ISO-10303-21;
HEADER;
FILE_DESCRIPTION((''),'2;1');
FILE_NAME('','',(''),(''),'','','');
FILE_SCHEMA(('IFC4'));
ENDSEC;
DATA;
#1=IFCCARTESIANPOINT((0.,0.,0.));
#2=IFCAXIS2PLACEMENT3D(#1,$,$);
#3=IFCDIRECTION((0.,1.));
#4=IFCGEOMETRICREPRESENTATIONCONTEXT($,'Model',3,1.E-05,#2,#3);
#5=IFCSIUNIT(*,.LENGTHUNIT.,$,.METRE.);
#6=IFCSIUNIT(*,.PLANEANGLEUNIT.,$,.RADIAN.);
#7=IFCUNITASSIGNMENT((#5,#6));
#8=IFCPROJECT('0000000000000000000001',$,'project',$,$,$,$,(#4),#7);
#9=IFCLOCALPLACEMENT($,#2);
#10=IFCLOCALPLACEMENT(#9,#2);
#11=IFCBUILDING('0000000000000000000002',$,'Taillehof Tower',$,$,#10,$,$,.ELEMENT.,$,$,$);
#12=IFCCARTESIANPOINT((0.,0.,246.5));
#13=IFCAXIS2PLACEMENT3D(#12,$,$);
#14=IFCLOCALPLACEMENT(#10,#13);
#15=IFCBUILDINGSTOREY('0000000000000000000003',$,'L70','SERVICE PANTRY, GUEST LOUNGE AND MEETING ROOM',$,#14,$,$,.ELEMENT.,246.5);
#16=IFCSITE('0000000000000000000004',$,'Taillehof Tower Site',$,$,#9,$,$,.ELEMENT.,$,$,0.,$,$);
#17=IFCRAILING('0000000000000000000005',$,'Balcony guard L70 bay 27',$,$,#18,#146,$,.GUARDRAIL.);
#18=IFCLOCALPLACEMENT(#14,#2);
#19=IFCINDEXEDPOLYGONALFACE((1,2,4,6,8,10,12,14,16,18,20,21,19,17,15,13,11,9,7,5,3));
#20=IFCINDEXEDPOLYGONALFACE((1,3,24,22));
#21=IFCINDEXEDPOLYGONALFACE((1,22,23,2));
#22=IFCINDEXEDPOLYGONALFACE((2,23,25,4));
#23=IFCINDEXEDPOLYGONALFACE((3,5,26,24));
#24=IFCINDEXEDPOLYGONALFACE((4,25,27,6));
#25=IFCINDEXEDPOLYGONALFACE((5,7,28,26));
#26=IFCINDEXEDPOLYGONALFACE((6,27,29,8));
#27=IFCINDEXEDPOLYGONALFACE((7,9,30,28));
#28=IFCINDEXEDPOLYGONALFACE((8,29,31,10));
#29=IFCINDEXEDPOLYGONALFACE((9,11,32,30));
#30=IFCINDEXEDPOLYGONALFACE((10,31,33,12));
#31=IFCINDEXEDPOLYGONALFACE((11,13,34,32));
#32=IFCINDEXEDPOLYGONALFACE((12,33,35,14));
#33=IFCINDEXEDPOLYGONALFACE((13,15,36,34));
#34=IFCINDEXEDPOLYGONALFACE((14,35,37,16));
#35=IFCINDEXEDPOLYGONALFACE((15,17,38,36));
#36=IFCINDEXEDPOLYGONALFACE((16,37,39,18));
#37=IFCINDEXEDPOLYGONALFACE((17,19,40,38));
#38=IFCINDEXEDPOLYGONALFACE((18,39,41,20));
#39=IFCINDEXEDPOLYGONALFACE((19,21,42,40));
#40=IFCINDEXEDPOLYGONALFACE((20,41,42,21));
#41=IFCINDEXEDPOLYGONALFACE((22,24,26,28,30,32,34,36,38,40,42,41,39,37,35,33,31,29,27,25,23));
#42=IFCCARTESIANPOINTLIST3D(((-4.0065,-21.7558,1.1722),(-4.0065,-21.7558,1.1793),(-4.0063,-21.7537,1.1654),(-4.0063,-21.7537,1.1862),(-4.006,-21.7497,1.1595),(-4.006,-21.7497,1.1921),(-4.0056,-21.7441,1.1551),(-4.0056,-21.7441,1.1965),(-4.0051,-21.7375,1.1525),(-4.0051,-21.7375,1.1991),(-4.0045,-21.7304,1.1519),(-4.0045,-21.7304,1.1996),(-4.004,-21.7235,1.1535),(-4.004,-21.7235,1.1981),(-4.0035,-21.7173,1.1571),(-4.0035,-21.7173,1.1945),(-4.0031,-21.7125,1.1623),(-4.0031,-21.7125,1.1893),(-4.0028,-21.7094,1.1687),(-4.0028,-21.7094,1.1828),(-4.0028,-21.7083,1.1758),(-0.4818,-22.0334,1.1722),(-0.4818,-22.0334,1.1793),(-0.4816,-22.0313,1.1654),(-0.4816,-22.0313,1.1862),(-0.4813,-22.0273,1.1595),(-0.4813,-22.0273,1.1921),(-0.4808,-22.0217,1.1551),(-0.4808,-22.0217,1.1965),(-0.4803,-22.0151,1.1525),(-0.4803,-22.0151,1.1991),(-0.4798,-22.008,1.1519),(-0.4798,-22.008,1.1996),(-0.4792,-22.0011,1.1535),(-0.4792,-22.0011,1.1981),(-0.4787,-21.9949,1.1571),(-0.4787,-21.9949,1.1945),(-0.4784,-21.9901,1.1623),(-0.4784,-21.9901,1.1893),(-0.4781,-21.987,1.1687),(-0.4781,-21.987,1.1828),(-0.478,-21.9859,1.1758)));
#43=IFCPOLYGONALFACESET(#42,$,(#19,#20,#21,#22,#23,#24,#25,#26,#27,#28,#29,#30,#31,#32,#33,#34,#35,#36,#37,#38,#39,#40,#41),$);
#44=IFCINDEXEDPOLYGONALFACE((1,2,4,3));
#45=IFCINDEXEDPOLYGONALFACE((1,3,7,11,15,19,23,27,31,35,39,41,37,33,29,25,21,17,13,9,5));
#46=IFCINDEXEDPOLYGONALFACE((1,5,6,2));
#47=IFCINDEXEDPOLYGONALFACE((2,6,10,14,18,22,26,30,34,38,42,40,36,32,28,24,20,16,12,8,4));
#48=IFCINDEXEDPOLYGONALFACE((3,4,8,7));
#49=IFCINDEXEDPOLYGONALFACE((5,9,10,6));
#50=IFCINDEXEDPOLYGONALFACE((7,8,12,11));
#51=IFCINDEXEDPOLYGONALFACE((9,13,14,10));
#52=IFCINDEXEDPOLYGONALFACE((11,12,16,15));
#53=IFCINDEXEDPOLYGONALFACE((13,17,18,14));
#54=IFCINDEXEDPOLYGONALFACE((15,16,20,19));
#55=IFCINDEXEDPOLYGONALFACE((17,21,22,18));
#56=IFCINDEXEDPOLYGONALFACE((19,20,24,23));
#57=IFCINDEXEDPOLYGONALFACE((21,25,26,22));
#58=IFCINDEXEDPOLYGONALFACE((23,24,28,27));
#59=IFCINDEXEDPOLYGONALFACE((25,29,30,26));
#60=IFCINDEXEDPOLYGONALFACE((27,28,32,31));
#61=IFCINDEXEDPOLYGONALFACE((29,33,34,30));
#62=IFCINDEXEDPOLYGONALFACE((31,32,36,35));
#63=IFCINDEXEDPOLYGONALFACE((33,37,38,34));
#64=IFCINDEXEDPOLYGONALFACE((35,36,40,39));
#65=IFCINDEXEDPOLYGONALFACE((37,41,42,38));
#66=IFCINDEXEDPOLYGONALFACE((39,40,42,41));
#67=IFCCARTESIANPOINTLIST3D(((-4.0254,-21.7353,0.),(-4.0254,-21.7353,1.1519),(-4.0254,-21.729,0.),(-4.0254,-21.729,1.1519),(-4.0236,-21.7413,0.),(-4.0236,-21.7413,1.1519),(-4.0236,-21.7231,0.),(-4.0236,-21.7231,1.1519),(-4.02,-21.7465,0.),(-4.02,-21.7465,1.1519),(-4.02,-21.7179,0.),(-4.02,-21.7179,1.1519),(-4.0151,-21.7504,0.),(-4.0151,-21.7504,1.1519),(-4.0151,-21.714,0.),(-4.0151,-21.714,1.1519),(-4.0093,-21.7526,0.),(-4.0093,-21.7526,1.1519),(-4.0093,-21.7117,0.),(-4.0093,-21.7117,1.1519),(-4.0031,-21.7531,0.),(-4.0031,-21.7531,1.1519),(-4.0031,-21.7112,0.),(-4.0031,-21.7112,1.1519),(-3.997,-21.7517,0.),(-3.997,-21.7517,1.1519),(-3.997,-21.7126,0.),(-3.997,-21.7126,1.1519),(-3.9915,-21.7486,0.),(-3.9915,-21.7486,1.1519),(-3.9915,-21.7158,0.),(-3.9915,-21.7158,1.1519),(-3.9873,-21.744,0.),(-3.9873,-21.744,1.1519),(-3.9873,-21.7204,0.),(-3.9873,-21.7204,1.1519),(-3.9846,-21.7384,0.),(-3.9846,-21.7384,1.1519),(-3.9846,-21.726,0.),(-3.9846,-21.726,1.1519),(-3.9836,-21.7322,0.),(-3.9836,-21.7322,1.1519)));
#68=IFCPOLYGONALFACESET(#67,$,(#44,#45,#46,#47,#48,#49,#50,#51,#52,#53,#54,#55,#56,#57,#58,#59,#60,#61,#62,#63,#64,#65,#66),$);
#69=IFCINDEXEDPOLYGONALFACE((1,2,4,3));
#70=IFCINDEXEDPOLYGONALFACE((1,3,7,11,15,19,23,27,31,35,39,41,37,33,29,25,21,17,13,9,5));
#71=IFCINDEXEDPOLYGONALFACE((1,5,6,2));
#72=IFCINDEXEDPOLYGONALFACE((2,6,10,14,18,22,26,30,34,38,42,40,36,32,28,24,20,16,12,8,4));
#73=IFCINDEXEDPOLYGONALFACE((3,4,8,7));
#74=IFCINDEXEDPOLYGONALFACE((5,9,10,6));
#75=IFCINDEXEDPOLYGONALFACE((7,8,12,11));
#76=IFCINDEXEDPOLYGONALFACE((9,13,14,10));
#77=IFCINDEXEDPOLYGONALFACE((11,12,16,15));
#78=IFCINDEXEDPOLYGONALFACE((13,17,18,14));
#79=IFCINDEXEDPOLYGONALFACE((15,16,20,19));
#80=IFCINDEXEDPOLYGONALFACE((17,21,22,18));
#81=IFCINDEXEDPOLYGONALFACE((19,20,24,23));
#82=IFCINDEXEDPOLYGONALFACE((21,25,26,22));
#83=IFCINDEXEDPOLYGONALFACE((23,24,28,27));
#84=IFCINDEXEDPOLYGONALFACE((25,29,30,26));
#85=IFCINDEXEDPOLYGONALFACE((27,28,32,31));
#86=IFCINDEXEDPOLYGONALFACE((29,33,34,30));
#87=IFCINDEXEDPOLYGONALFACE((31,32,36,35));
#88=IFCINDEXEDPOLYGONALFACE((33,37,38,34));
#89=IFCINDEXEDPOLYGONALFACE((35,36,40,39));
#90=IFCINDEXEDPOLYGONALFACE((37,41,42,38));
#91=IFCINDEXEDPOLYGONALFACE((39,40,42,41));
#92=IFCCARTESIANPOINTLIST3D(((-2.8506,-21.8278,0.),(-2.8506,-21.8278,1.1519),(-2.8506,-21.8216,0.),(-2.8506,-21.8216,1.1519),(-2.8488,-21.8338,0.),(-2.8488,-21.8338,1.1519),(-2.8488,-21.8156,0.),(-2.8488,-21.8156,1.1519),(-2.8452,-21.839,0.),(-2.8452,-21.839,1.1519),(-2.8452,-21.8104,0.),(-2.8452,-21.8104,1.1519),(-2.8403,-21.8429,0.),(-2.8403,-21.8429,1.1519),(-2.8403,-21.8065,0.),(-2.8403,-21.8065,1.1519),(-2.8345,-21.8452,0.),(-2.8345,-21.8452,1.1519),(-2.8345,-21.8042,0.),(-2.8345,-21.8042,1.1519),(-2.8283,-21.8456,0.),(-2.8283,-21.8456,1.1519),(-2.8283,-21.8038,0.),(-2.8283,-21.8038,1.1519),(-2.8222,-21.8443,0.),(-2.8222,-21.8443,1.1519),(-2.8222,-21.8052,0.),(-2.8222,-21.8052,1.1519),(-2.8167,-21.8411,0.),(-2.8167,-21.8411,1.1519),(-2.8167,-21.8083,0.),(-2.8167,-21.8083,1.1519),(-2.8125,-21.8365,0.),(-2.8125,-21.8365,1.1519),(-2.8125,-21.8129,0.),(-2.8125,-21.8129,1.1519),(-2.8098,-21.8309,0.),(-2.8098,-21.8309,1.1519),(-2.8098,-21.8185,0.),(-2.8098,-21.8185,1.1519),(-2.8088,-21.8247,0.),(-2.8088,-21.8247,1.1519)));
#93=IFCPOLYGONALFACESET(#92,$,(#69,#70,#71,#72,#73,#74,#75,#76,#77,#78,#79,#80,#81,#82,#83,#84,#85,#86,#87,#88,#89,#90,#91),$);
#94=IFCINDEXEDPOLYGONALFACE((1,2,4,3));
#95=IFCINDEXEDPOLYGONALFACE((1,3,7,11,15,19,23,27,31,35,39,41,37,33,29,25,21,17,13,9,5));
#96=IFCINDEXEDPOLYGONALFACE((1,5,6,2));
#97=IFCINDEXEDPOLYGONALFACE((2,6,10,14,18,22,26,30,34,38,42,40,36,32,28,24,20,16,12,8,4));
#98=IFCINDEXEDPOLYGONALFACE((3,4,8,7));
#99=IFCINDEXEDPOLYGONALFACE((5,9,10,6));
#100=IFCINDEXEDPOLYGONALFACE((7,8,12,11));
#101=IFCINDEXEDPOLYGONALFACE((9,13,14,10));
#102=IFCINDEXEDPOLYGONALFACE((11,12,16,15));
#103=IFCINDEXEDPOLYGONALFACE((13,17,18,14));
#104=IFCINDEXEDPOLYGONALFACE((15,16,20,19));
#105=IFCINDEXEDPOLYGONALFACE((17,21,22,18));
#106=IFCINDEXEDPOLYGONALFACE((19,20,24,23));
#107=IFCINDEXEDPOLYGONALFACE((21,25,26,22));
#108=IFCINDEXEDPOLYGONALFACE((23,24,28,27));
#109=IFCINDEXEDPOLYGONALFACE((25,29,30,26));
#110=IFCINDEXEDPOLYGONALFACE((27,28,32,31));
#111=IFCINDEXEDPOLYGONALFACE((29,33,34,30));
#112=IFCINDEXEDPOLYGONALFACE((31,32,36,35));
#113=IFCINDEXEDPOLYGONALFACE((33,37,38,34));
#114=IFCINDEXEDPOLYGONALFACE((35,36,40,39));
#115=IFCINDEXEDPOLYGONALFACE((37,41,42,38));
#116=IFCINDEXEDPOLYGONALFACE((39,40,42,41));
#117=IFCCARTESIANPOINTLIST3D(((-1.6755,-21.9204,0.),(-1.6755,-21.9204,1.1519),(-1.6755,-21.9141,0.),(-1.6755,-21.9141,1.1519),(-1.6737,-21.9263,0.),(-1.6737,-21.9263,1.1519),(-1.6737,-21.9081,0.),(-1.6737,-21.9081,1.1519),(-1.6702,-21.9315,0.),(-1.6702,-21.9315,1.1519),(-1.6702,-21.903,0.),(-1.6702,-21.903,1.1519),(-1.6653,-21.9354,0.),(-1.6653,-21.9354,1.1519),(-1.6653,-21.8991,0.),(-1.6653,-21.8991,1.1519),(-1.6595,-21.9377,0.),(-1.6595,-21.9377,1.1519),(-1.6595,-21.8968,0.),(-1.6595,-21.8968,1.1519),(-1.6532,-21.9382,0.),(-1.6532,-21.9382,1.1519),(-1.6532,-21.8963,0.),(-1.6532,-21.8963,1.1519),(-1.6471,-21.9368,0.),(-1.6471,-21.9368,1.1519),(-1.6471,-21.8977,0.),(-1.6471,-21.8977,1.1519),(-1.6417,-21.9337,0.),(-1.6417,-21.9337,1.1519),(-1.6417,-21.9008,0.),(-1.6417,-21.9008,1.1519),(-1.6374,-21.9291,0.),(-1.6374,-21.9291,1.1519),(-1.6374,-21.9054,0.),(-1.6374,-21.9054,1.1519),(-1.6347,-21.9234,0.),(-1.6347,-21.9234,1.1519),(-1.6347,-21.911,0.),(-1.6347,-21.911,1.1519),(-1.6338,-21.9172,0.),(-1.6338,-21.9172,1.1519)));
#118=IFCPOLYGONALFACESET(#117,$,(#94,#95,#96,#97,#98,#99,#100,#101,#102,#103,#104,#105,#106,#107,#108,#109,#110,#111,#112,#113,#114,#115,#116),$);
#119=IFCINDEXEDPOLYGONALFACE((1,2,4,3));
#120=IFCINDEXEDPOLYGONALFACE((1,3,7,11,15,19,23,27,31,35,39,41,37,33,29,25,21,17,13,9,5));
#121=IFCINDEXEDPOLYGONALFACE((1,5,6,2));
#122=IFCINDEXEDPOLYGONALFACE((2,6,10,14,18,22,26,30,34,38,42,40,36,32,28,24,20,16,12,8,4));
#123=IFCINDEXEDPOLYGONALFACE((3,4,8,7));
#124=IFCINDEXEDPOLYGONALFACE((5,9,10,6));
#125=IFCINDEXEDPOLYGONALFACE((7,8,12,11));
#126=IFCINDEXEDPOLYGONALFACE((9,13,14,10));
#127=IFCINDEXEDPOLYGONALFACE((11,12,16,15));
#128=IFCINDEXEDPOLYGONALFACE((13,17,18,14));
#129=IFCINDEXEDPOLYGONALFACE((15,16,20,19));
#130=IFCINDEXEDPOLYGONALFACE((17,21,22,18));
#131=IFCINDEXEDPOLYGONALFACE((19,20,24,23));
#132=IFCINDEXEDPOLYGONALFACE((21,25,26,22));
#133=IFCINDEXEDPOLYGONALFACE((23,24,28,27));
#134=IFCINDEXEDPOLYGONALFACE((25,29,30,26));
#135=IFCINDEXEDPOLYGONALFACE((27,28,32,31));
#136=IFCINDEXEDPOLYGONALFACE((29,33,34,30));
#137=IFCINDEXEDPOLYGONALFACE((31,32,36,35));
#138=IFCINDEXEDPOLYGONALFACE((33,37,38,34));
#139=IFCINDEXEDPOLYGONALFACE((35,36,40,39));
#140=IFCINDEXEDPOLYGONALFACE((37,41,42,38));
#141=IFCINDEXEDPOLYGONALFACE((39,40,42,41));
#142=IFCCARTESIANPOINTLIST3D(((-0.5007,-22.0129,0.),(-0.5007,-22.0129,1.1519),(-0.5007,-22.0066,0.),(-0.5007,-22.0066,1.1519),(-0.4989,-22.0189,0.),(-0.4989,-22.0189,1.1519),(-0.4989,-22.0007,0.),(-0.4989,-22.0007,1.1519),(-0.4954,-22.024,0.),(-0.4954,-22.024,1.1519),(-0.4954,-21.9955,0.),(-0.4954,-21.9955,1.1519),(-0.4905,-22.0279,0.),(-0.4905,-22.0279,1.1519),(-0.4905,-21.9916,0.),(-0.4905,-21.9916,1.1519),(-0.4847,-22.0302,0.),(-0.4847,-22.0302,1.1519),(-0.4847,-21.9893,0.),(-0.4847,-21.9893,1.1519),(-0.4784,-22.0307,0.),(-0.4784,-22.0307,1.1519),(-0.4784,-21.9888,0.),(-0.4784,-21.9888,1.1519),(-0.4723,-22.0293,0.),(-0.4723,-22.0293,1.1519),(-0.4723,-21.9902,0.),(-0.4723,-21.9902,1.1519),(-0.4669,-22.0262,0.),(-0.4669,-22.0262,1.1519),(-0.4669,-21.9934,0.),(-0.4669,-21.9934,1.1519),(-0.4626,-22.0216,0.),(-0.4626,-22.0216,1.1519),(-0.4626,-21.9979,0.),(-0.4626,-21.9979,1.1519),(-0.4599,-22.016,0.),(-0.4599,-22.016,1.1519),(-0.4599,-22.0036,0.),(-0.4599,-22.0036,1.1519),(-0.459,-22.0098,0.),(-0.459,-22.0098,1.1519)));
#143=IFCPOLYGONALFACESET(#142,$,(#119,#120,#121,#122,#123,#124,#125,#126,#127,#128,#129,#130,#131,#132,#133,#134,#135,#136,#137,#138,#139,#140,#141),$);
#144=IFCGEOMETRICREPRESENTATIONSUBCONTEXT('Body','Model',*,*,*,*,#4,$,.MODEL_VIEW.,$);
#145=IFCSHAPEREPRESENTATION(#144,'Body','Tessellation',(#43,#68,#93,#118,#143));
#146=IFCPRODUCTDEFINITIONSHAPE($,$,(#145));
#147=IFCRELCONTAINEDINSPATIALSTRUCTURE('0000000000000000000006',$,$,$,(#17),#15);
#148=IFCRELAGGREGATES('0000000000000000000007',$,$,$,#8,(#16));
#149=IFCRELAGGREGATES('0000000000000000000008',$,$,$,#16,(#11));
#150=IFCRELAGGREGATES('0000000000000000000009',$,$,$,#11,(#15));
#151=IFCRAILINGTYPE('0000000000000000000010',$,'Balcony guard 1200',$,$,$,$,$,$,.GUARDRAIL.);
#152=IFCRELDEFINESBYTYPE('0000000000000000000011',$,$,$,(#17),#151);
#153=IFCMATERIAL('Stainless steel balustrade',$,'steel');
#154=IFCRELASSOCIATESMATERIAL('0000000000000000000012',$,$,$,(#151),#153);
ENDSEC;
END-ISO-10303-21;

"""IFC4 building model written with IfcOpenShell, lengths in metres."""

from ifc_helpers import new_model, si_unit, direction, frame, origin, origin_2d, place, context, subcontext, project, spatial, circle, extrude, material, type_object, element, save


model = new_model("IFC4")

# Units and contexts
model_context = context("Model", 3, precision=1e-05, world=origin(), true_north=direction((0.0, 1.0)))
body_context = subcontext(model_context, "Body", "Model", "MODEL_VIEW")
ifc_project = project(units=[si_unit("LENGTHUNIT", "METRE"), si_unit("PLANEANGLEUNIT", "RADIAN")], contexts=[model_context])

# Site, building, storey
site_placement = place(None, origin())
site = spatial("IfcSite", under=ifc_project, at=site_placement, Name="Taillehof Tower Site", CompositionType="ELEMENT", RefElevation=0.0)
building_placement = place(site_placement, origin())
building = spatial("IfcBuilding", under=site, at=building_placement, Name="Taillehof Tower", CompositionType="ELEMENT")
storey_placement = place(building_placement, frame((0.0, 0.0, 246.5)))
storey = spatial("IfcBuildingStorey", under=building, at=storey_placement, Name="L70", Description="SERVICE PANTRY, GUEST LOUNGE AND MEETING ROOM", CompositionType="ELEMENT", Elevation=246.5)

# Railing
ifc_material_1 = material(Name="Stainless steel balustrade", Category="steel")
railing_type = type_object("IfcRailingType", Name="Balcony guard 1200", PredefinedType="GUARDRAIL", material=ifc_material_1)
railing_placement = place(storey_placement, frame((-4.0046, -21.7322, 0.0)))
element("IfcRailing", 1, at=railing_placement, inside=storey, type_object=railing_type, Name="Balcony guard L70 bay 27", PredefinedType="GUARDRAIL", context=body_context, shape_type="SweptSolid", body=[
    extrude(circle(Radius=0.0239, at=origin_2d()), frame((0.0, 0.0, 1.1758), z_axis=(0.996913, -0.078513, 0.0), x_axis=(0.078513, 0.996913, 0.0)), (0.0, 0.0, 1.0), 3.5356),
    extrude(circle(Radius=0.021, at=origin_2d()), origin(), (0.0, 0.0, 1.0), 1.1519),
    extrude(circle(Radius=0.021, at=origin_2d()), frame((1.1748, -0.0925, 0.0)), (0.0, 0.0, 1.0), 1.1519),
    extrude(circle(Radius=0.021, at=origin_2d()), frame((2.3499, -0.1851, 0.0)), (0.0, 0.0, 1.0), 1.1519),
    extrude(circle(Radius=0.021, at=origin_2d()), frame((3.5247, -0.2776, 0.0)), (0.0, 0.0, 1.0), 1.1519),
])

save(model, "model.ifc")
